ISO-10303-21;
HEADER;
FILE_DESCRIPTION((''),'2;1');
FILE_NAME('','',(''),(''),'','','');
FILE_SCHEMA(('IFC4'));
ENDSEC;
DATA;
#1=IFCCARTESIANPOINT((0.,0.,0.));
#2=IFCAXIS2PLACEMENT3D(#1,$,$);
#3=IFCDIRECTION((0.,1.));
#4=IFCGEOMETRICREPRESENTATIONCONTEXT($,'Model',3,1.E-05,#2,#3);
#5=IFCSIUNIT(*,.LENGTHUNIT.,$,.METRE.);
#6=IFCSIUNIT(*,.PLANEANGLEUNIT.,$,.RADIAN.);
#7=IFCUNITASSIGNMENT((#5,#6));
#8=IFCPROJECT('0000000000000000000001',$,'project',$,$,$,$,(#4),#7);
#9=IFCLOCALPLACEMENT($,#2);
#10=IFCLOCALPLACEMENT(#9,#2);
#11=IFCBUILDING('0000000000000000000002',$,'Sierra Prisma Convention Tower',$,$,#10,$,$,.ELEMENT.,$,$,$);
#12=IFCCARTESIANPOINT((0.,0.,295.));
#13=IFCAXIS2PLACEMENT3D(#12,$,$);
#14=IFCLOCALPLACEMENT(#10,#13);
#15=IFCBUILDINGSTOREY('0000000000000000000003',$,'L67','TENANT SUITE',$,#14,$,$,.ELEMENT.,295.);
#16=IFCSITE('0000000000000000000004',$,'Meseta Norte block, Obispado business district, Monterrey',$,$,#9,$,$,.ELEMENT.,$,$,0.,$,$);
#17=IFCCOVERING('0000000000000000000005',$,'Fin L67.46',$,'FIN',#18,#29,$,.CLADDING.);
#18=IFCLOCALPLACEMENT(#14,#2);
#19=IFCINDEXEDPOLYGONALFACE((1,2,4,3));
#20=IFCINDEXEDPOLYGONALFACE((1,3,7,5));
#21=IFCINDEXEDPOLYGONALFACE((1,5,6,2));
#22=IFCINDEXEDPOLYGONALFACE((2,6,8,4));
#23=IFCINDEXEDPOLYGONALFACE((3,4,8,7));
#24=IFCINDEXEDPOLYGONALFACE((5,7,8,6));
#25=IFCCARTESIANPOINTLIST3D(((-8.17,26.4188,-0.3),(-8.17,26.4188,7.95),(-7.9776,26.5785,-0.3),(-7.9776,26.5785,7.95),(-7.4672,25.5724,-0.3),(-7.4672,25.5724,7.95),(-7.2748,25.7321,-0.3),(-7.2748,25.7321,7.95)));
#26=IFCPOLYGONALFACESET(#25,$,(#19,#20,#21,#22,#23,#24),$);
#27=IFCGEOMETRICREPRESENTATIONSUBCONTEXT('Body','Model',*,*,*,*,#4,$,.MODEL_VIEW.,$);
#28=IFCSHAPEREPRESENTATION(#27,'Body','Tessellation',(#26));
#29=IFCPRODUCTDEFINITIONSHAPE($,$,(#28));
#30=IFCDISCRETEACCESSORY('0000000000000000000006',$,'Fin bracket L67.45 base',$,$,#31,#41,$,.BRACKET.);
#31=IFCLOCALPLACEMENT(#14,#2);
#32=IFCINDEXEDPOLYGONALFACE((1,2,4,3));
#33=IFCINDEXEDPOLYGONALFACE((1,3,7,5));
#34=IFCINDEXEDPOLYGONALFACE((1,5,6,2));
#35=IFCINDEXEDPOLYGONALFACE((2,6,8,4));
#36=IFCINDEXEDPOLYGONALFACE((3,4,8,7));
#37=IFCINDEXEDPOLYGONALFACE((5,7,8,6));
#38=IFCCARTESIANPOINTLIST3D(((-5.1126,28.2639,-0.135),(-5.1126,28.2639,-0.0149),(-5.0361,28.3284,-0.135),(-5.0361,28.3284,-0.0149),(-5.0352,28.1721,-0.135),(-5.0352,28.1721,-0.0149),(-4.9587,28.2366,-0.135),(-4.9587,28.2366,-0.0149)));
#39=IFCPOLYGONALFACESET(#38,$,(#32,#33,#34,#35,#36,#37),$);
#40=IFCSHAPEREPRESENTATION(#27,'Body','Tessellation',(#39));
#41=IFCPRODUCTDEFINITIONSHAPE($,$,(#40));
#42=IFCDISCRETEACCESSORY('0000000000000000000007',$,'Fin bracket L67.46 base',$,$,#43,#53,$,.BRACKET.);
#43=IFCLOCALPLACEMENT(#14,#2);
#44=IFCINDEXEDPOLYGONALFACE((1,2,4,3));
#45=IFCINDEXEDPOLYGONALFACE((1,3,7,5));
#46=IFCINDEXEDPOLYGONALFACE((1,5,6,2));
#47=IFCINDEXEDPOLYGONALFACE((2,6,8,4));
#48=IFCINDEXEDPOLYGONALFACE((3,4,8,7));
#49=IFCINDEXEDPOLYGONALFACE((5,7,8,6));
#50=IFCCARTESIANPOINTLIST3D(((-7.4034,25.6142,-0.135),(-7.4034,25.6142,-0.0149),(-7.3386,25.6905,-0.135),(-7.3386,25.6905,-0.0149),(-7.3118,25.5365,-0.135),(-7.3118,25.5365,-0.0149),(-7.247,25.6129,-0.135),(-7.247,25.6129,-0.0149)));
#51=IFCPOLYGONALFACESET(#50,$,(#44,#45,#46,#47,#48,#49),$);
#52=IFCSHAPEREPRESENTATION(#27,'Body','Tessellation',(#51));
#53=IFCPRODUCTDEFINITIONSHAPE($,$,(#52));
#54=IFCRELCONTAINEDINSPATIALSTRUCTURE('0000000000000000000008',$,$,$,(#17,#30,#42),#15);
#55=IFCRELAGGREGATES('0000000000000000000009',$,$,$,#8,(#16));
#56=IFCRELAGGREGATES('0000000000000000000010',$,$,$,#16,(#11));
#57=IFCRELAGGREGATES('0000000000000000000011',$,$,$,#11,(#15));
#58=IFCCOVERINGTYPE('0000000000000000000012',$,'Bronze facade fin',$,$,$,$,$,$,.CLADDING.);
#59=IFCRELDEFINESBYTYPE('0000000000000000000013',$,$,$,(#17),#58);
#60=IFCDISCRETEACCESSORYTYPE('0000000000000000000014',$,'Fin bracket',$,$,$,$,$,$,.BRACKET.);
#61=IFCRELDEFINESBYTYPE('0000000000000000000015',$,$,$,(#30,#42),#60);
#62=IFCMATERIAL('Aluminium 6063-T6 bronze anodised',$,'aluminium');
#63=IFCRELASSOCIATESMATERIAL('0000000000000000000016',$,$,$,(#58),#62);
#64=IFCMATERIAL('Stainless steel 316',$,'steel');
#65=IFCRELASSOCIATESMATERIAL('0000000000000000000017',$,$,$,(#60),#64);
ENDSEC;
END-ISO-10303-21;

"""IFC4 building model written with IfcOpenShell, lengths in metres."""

from ifc_helpers import new_model, si_unit, direction, frame, origin, origin_2d, place, context, subcontext, project, spatial, rectangle, extrude, material, material_profile, profile_set, type_object, element, save


model = new_model("IFC4")

# Units and contexts
model_context = context("Model", 3, precision=1e-05, world=origin(), true_north=direction((0.0, 1.0)))
body_context = subcontext(model_context, "Body", "Model", "MODEL_VIEW")
ifc_project = project(units=[si_unit("LENGTHUNIT", "METRE"), si_unit("PLANEANGLEUNIT", "RADIAN")], contexts=[model_context])

# Site, building, storey
site_placement = place(None, origin())
site = spatial("IfcSite", under=ifc_project, at=site_placement, Name="Meseta Norte block, Obispado business district, Monterrey", CompositionType="ELEMENT", RefElevation=0.0)
building_placement = place(site_placement, origin())
building = spatial("IfcBuilding", under=site, at=building_placement, Name="Sierra Prisma Convention Tower", CompositionType="ELEMENT")
storey_placement = place(building_placement, frame((0.0, 0.0, 295.0)))
storey = spatial("IfcBuildingStorey", under=building, at=storey_placement, Name="L67", Description="TENANT SUITE", CompositionType="ELEMENT", Elevation=295.0)

# Covering
ifc_material_1 = material(Name="Aluminium 6063-T6 bronze anodised", Category="aluminium")
ifc_material_profile_1 = material_profile(ifc_material_1, rectangle(XDim=1.1001, YDim=0.25, at=origin_2d()), Name="ALU FIN 1100x250")
ifc_profile_set_1 = profile_set([ifc_material_profile_1], Name="Aluminium 6063-T6 bronze anodised")
covering_type = type_object("IfcCoveringType", Name="Bronze facade fin", PredefinedType="CLADDING", material=ifc_profile_set_1)
for number, where, z_axis, x_axis, name in (
    (1, (-7.7224, 26.0754, -0.3), (0.0, 0.0, 1.0), (-0.638851, 0.769331, 0.0), "Fin L67.46"),
):
    element("IfcCovering", number, at=place(storey_placement, frame(where, z_axis=z_axis, x_axis=x_axis)), inside=storey, type_object=covering_type, Name=name, ObjectType="FIN", PredefinedType="CLADDING", context=body_context, shape_type="SweptSolid", body=[
        extrude(rectangle(XDim=1.1001, YDim=0.25, at=origin_2d()), origin(), (0.0, 0.0, 1.0), 8.25),
    ])

# Discrete accessories
ifc_material_2 = material(Name="Stainless steel 316", Category="steel")
discrete_accessory_type = type_object("IfcDiscreteAccessoryType", Name="Fin bracket", PredefinedType="BRACKET", material=ifc_material_2)
for number, where, z_axis, x_axis, name in (
    (2, (-5.0356, 28.2502, -0.135), (0.0, 0.0, 1.0), (-0.644592, 0.764527, 0.0), "Fin bracket L67.45 base"),
    (3, (-7.3252, 25.6135, -0.135), (0.0, 0.0, 1.0), (-0.762738, 0.646708, 0.0), "Fin bracket L67.46 base"),
):
    element("IfcDiscreteAccessory", number, at=place(storey_placement, frame(where, z_axis=z_axis, x_axis=x_axis)), inside=storey, type_object=discrete_accessory_type, Name=name, PredefinedType="BRACKET", context=body_context, shape_type="SweptSolid", body=[
        extrude(rectangle(XDim=0.1201, YDim=0.1001, at=origin_2d()), origin(), (0.0, 0.0, 1.0), 0.1201),
    ])

save(model, "model.ifc")
